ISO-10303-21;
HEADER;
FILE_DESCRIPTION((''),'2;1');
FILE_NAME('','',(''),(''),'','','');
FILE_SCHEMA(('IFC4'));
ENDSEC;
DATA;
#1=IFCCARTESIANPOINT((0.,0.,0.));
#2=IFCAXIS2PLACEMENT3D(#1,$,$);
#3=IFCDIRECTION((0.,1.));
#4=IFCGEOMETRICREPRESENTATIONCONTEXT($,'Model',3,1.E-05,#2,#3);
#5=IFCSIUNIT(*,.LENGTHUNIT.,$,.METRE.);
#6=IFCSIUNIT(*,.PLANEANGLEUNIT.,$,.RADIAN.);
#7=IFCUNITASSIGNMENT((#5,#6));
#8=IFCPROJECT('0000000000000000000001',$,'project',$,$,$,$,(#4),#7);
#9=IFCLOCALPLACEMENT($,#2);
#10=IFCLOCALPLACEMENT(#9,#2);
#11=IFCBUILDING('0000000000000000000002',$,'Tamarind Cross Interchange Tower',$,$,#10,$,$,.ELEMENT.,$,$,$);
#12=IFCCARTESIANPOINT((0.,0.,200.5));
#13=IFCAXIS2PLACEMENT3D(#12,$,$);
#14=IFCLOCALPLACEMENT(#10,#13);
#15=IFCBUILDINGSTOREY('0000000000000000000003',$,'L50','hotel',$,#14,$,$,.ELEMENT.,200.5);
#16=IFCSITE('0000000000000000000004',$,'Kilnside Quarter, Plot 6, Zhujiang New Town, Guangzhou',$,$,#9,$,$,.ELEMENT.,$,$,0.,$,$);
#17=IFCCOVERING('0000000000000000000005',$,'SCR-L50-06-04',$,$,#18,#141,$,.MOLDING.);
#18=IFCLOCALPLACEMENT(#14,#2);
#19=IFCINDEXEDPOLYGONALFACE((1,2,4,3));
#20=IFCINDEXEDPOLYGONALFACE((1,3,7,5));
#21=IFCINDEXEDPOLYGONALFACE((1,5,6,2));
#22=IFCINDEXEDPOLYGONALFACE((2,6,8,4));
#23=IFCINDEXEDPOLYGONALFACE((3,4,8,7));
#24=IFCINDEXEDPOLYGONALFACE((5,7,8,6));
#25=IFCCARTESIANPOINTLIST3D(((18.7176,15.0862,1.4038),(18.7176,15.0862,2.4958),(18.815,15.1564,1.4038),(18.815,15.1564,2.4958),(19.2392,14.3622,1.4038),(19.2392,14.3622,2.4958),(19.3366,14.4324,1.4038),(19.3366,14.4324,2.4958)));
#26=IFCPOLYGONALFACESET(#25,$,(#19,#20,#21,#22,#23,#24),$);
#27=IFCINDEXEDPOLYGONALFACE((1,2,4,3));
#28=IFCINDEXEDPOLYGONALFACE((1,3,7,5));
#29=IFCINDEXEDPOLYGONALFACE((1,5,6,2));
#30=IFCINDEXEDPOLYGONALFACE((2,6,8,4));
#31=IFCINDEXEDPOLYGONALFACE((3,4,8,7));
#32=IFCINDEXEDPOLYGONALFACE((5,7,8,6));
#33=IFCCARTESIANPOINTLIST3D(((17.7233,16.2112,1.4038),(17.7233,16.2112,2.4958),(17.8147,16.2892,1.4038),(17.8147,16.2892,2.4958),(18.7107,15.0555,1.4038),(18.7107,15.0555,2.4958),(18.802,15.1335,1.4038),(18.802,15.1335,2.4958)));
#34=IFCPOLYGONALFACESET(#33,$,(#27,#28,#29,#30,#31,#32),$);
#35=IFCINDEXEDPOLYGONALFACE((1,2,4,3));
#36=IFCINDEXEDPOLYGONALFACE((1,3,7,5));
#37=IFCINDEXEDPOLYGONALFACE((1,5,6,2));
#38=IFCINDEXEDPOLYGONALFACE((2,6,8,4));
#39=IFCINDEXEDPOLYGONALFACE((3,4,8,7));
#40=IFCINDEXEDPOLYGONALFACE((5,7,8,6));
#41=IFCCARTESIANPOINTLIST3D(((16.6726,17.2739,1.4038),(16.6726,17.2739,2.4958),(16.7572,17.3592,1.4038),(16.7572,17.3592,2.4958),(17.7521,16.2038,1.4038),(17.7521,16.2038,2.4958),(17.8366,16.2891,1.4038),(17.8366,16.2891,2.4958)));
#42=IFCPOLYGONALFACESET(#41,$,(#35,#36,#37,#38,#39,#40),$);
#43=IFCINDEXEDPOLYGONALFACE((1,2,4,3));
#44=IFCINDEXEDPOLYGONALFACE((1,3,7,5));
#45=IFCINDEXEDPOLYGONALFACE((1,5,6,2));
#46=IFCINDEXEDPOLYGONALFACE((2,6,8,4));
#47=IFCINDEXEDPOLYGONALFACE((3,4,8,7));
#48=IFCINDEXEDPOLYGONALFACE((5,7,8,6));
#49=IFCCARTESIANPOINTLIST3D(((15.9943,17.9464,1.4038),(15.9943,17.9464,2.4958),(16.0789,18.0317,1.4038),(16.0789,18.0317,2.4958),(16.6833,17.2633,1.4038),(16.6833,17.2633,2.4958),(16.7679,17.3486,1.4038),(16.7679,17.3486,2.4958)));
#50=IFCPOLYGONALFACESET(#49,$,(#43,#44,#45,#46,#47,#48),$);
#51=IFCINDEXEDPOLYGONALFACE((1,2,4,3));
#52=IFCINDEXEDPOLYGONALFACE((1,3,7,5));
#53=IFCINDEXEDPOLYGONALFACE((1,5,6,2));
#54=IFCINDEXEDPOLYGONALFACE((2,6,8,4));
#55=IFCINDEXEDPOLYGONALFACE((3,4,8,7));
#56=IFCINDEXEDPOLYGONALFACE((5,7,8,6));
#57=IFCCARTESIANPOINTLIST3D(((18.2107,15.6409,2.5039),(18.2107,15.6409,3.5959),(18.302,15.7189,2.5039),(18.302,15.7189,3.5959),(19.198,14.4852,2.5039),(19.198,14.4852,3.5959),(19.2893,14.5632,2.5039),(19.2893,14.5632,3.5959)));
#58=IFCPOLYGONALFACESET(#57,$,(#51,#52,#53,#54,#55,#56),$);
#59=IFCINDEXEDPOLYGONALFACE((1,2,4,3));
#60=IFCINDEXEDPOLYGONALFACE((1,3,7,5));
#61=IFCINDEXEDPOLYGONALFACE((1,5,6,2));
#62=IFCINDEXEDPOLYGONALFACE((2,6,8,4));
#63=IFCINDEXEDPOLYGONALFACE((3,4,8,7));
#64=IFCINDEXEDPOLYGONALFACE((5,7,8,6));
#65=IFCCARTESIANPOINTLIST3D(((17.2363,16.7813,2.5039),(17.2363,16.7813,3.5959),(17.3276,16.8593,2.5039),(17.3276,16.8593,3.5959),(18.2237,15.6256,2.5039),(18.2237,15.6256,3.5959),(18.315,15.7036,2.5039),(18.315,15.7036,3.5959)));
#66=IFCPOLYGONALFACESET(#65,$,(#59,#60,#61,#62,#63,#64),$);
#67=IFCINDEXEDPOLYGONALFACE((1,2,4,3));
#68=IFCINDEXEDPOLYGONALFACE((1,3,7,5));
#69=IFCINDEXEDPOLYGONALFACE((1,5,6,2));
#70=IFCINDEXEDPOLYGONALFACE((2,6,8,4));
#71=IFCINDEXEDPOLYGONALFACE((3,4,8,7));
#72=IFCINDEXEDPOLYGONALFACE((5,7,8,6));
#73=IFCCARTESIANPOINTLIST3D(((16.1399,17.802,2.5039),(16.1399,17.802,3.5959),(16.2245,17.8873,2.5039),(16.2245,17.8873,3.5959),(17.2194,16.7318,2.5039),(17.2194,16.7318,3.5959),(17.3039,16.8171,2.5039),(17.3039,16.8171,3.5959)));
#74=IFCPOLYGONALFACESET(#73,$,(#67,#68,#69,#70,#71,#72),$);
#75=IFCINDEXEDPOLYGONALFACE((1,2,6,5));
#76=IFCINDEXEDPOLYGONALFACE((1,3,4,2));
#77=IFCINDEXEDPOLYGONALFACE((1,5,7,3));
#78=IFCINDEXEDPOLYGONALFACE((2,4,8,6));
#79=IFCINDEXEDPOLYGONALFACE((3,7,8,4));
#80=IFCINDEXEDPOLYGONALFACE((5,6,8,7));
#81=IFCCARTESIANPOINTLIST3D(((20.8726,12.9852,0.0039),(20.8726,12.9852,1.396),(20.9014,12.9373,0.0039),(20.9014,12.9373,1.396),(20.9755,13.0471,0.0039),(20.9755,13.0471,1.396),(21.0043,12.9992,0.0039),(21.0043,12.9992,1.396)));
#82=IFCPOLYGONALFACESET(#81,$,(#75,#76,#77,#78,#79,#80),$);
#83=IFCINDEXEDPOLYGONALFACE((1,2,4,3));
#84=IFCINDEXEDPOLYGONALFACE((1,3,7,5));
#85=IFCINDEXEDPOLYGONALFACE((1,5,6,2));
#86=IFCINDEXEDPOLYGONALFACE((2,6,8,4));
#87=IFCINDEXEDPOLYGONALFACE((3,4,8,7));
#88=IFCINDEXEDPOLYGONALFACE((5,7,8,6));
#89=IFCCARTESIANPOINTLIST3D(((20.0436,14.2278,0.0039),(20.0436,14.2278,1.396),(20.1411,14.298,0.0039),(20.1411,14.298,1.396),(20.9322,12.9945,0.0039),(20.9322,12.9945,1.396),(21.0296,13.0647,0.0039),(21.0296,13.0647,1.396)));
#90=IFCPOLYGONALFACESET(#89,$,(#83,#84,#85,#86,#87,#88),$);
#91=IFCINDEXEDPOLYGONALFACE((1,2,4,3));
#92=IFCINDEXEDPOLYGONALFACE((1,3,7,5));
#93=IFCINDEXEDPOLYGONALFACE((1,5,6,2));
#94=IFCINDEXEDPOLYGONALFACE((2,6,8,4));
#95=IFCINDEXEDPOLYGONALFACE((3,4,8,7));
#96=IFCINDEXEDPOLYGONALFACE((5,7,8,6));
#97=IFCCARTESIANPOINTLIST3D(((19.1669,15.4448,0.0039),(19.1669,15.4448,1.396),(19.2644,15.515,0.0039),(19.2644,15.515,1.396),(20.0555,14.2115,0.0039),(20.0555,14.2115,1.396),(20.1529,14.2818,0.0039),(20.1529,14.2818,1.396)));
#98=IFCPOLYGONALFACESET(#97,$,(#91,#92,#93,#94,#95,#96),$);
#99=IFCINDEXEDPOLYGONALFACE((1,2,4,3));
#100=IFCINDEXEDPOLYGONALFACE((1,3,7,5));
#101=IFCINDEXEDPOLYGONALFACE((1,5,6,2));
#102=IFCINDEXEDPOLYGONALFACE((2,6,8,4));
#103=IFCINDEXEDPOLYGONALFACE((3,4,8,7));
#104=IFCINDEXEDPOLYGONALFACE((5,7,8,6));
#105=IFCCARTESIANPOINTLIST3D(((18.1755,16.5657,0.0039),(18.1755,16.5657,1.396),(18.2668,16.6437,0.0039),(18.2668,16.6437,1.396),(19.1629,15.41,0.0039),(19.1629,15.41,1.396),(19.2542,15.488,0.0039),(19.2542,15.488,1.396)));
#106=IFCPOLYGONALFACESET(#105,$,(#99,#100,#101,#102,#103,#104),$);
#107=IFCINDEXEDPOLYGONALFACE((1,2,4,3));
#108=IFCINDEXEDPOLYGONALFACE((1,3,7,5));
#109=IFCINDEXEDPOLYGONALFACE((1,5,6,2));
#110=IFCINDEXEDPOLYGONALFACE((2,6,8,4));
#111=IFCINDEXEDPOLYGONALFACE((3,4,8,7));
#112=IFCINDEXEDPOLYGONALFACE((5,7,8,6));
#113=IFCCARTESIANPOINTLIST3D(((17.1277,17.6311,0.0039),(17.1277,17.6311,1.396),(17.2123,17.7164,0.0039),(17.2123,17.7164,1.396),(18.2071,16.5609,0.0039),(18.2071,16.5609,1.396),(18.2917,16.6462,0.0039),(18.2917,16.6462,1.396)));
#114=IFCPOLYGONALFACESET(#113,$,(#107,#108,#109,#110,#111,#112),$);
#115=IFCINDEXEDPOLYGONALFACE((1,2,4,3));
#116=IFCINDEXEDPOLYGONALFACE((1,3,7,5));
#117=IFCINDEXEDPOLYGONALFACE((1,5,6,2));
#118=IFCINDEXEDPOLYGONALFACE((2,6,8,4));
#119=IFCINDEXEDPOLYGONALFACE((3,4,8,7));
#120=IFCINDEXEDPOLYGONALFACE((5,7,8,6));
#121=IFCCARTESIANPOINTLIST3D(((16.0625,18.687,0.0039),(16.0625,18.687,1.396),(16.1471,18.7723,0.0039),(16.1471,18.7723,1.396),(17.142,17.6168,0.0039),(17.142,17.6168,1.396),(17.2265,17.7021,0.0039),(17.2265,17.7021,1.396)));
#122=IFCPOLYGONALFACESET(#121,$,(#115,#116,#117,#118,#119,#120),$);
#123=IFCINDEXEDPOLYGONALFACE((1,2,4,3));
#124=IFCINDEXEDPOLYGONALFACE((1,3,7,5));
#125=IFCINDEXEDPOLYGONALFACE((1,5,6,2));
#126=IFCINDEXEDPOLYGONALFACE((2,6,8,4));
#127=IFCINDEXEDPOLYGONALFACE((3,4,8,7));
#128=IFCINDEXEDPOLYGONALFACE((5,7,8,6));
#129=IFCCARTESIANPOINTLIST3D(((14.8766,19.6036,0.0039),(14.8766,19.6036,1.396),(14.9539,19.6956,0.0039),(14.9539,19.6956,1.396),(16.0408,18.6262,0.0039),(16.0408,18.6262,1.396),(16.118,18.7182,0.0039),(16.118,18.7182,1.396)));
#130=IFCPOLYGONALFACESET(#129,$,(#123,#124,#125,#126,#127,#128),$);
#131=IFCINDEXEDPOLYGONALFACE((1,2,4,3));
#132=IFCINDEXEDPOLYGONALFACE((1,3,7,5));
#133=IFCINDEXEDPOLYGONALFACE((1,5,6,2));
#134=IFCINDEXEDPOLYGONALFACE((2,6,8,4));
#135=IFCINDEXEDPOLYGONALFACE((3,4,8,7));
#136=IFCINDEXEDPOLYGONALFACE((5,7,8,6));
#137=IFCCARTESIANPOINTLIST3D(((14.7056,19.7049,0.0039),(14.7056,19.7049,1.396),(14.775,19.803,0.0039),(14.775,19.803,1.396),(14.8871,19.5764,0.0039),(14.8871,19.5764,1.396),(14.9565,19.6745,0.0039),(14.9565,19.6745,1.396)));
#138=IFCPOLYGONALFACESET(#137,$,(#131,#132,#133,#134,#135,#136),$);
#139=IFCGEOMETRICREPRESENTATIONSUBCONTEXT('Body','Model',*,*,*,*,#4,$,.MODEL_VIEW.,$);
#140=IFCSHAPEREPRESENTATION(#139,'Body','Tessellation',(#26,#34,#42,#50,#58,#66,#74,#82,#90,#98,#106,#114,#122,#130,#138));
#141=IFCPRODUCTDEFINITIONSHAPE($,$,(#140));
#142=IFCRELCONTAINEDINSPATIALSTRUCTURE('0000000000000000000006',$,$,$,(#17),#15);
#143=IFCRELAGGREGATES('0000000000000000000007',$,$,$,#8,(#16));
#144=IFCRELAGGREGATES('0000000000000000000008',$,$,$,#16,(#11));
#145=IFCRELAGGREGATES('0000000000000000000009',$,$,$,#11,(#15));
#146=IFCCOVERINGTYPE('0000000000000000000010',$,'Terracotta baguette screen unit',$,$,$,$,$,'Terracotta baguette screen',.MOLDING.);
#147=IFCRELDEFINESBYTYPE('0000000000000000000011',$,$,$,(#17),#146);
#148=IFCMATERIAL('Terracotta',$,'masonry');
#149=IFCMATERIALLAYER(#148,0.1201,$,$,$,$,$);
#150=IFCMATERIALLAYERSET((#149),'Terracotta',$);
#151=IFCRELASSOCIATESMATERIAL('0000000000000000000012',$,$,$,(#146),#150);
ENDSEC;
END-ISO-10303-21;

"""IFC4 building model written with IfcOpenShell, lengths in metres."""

from ifc_helpers import new_model, si_unit, direction, frame, origin, origin_2d, place, context, subcontext, project, spatial, rectangle, extrude, material, layer, layer_set, type_object, element, save


model = new_model("IFC4")

# Units and contexts
model_context = context("Model", 3, precision=1e-05, world=origin(), true_north=direction((0.0, 1.0)))
body_context = subcontext(model_context, "Body", "Model", "MODEL_VIEW")
ifc_project = project(units=[si_unit("LENGTHUNIT", "METRE"), si_unit("PLANEANGLEUNIT", "RADIAN")], contexts=[model_context])

# Site, building, storey
site_placement = place(None, origin())
site = spatial("IfcSite", under=ifc_project, at=site_placement, Name="Kilnside Quarter, Plot 6, Zhujiang New Town, Guangzhou", CompositionType="ELEMENT", RefElevation=0.0)
building_placement = place(site_placement, origin())
building = spatial("IfcBuilding", under=site, at=building_placement, Name="Tamarind Cross Interchange Tower", CompositionType="ELEMENT")
storey_placement = place(building_placement, frame((0.0, 0.0, 200.5)))
storey = spatial("IfcBuildingStorey", under=building, at=storey_placement, Name="L50", Description="hotel", CompositionType="ELEMENT", Elevation=200.5)

# Covering
ifc_material_1 = material(Name="Terracotta", Category="masonry")
ifc_layer_1 = layer(ifc_material_1, 0.1201)
ifc_layer_set_1 = layer_set([ifc_layer_1], Name="Terracotta")
covering_type = type_object("IfcCoveringType", Name="Terracotta baguette screen unit", ElementType="Terracotta baguette screen", PredefinedType="MOLDING", material=ifc_layer_set_1)
covering_1_placement = place(storey_placement, origin())
element("IfcCovering", 1, at=covering_1_placement, inside=storey, type_object=covering_type, Name="SCR-L50-06-04", PredefinedType="MOLDING", context=body_context, shape_type="SweptSolid", body=[
    extrude(rectangle(XDim=0.8923, YDim=0.1201, at=origin_2d()), frame((19.0271, 14.7593, 1.4038), z_axis=(0.0, 0.0, 1.0), x_axis=(-0.584574, 0.81134, 0.0)), (0.0, 0.0, 1.0), 1.092),
    extrude(rectangle(XDim=1.52, YDim=0.1201, at=origin_2d()), frame((18.2627, 15.6724, 1.4038), z_axis=(0.0, 0.0, 1.0), x_axis=(-0.649577, 0.760296, 0.0)), (0.0, 0.0, 1.0), 1.092),
    extrude(rectangle(XDim=1.52, YDim=0.1201, at=origin_2d()), frame((17.2546, 16.7815, 1.4038), z_axis=(0.0, 0.0, 1.0), x_axis=(-0.710143, 0.704057, 0.0)), (0.0, 0.0, 1.0), 1.092),
    extrude(rectangle(XDim=0.9702, YDim=0.1201, at=origin_2d()), frame((16.3811, 17.6475, 1.4038), z_axis=(0.0, 0.0, 1.0), x_axis=(-0.710143, 0.704057, 0.0)), (0.0, 0.0, 1.0), 1.092),
    extrude(rectangle(XDim=1.52, YDim=0.1201, at=origin_2d()), frame((18.75, 15.1021, 2.5039), z_axis=(0.0, 0.0, 1.0), x_axis=(-0.649577, 0.760296, 0.0)), (0.0, 0.0, 1.0), 1.092),
    extrude(rectangle(XDim=1.52, YDim=0.1201, at=origin_2d()), frame((17.7756, 16.2424, 2.5039), z_axis=(0.0, 0.0, 1.0), x_axis=(-0.649577, 0.760296, 0.0)), (0.0, 0.0, 1.0), 1.092),
    extrude(rectangle(XDim=1.52, YDim=0.1201, at=origin_2d()), frame((16.7219, 17.3096, 2.5039), z_axis=(0.0, 0.0, 1.0), x_axis=(-0.710143, 0.704057, 0.0)), (0.0, 0.0, 1.0), 1.092),
    extrude(rectangle(XDim=0.0559, YDim=0.1201, at=origin_2d()), frame((20.9385, 12.9922, 0.0039), z_axis=(0.0, 0.0, 1.0), x_axis=(-0.515577, 0.856843, 0.0)), (0.0, 0.0, 1.0), 1.3921),
    extrude(rectangle(XDim=1.52, YDim=0.1201, at=origin_2d()), frame((20.5366, 13.6462, 0.0039), z_axis=(0.0, 0.0, 1.0), x_axis=(-0.584574, 0.81134, 0.0)), (0.0, 0.0, 1.0), 1.3921),
    extrude(rectangle(XDim=1.52, YDim=0.1201, at=origin_2d()), frame((19.6599, 14.8633, 0.0039), z_axis=(0.0, 0.0, 1.0), x_axis=(-0.584574, 0.81134, 0.0)), (0.0, 0.0, 1.0), 1.3921),
    extrude(rectangle(XDim=1.52, YDim=0.1201, at=origin_2d()), frame((18.7148, 16.0269, 0.0039), z_axis=(0.0, 0.0, 1.0), x_axis=(-0.649577, 0.760296, 0.0)), (0.0, 0.0, 1.0), 1.3921),
    extrude(rectangle(XDim=1.52, YDim=0.1201, at=origin_2d()), frame((17.7097, 17.1387, 0.0039), z_axis=(0.0, 0.0, 1.0), x_axis=(-0.710143, 0.704057, 0.0)), (0.0, 0.0, 1.0), 1.3921),
    extrude(rectangle(XDim=1.52, YDim=0.1201, at=origin_2d()), frame((16.6445, 18.1946, 0.0039), z_axis=(0.0, 0.0, 1.0), x_axis=(-0.710143, 0.704057, 0.0)), (0.0, 0.0, 1.0), 1.3921),
    extrude(rectangle(XDim=1.52, YDim=0.1201, at=origin_2d()), frame((15.4973, 19.1609, 0.0039), z_axis=(0.0, 0.0, 1.0), x_axis=(-0.765858, 0.643009, 0.0)), (0.0, 0.0, 1.0), 1.3921),
    extrude(rectangle(XDim=0.2224, YDim=0.1201, at=origin_2d()), frame((14.8311, 19.6897, 0.0039), z_axis=(0.0, 0.0, 1.0), x_axis=(-0.816342, 0.577569, 0.0)), (0.0, 0.0, 1.0), 1.3921),
])

save(model, "model.ifc")
